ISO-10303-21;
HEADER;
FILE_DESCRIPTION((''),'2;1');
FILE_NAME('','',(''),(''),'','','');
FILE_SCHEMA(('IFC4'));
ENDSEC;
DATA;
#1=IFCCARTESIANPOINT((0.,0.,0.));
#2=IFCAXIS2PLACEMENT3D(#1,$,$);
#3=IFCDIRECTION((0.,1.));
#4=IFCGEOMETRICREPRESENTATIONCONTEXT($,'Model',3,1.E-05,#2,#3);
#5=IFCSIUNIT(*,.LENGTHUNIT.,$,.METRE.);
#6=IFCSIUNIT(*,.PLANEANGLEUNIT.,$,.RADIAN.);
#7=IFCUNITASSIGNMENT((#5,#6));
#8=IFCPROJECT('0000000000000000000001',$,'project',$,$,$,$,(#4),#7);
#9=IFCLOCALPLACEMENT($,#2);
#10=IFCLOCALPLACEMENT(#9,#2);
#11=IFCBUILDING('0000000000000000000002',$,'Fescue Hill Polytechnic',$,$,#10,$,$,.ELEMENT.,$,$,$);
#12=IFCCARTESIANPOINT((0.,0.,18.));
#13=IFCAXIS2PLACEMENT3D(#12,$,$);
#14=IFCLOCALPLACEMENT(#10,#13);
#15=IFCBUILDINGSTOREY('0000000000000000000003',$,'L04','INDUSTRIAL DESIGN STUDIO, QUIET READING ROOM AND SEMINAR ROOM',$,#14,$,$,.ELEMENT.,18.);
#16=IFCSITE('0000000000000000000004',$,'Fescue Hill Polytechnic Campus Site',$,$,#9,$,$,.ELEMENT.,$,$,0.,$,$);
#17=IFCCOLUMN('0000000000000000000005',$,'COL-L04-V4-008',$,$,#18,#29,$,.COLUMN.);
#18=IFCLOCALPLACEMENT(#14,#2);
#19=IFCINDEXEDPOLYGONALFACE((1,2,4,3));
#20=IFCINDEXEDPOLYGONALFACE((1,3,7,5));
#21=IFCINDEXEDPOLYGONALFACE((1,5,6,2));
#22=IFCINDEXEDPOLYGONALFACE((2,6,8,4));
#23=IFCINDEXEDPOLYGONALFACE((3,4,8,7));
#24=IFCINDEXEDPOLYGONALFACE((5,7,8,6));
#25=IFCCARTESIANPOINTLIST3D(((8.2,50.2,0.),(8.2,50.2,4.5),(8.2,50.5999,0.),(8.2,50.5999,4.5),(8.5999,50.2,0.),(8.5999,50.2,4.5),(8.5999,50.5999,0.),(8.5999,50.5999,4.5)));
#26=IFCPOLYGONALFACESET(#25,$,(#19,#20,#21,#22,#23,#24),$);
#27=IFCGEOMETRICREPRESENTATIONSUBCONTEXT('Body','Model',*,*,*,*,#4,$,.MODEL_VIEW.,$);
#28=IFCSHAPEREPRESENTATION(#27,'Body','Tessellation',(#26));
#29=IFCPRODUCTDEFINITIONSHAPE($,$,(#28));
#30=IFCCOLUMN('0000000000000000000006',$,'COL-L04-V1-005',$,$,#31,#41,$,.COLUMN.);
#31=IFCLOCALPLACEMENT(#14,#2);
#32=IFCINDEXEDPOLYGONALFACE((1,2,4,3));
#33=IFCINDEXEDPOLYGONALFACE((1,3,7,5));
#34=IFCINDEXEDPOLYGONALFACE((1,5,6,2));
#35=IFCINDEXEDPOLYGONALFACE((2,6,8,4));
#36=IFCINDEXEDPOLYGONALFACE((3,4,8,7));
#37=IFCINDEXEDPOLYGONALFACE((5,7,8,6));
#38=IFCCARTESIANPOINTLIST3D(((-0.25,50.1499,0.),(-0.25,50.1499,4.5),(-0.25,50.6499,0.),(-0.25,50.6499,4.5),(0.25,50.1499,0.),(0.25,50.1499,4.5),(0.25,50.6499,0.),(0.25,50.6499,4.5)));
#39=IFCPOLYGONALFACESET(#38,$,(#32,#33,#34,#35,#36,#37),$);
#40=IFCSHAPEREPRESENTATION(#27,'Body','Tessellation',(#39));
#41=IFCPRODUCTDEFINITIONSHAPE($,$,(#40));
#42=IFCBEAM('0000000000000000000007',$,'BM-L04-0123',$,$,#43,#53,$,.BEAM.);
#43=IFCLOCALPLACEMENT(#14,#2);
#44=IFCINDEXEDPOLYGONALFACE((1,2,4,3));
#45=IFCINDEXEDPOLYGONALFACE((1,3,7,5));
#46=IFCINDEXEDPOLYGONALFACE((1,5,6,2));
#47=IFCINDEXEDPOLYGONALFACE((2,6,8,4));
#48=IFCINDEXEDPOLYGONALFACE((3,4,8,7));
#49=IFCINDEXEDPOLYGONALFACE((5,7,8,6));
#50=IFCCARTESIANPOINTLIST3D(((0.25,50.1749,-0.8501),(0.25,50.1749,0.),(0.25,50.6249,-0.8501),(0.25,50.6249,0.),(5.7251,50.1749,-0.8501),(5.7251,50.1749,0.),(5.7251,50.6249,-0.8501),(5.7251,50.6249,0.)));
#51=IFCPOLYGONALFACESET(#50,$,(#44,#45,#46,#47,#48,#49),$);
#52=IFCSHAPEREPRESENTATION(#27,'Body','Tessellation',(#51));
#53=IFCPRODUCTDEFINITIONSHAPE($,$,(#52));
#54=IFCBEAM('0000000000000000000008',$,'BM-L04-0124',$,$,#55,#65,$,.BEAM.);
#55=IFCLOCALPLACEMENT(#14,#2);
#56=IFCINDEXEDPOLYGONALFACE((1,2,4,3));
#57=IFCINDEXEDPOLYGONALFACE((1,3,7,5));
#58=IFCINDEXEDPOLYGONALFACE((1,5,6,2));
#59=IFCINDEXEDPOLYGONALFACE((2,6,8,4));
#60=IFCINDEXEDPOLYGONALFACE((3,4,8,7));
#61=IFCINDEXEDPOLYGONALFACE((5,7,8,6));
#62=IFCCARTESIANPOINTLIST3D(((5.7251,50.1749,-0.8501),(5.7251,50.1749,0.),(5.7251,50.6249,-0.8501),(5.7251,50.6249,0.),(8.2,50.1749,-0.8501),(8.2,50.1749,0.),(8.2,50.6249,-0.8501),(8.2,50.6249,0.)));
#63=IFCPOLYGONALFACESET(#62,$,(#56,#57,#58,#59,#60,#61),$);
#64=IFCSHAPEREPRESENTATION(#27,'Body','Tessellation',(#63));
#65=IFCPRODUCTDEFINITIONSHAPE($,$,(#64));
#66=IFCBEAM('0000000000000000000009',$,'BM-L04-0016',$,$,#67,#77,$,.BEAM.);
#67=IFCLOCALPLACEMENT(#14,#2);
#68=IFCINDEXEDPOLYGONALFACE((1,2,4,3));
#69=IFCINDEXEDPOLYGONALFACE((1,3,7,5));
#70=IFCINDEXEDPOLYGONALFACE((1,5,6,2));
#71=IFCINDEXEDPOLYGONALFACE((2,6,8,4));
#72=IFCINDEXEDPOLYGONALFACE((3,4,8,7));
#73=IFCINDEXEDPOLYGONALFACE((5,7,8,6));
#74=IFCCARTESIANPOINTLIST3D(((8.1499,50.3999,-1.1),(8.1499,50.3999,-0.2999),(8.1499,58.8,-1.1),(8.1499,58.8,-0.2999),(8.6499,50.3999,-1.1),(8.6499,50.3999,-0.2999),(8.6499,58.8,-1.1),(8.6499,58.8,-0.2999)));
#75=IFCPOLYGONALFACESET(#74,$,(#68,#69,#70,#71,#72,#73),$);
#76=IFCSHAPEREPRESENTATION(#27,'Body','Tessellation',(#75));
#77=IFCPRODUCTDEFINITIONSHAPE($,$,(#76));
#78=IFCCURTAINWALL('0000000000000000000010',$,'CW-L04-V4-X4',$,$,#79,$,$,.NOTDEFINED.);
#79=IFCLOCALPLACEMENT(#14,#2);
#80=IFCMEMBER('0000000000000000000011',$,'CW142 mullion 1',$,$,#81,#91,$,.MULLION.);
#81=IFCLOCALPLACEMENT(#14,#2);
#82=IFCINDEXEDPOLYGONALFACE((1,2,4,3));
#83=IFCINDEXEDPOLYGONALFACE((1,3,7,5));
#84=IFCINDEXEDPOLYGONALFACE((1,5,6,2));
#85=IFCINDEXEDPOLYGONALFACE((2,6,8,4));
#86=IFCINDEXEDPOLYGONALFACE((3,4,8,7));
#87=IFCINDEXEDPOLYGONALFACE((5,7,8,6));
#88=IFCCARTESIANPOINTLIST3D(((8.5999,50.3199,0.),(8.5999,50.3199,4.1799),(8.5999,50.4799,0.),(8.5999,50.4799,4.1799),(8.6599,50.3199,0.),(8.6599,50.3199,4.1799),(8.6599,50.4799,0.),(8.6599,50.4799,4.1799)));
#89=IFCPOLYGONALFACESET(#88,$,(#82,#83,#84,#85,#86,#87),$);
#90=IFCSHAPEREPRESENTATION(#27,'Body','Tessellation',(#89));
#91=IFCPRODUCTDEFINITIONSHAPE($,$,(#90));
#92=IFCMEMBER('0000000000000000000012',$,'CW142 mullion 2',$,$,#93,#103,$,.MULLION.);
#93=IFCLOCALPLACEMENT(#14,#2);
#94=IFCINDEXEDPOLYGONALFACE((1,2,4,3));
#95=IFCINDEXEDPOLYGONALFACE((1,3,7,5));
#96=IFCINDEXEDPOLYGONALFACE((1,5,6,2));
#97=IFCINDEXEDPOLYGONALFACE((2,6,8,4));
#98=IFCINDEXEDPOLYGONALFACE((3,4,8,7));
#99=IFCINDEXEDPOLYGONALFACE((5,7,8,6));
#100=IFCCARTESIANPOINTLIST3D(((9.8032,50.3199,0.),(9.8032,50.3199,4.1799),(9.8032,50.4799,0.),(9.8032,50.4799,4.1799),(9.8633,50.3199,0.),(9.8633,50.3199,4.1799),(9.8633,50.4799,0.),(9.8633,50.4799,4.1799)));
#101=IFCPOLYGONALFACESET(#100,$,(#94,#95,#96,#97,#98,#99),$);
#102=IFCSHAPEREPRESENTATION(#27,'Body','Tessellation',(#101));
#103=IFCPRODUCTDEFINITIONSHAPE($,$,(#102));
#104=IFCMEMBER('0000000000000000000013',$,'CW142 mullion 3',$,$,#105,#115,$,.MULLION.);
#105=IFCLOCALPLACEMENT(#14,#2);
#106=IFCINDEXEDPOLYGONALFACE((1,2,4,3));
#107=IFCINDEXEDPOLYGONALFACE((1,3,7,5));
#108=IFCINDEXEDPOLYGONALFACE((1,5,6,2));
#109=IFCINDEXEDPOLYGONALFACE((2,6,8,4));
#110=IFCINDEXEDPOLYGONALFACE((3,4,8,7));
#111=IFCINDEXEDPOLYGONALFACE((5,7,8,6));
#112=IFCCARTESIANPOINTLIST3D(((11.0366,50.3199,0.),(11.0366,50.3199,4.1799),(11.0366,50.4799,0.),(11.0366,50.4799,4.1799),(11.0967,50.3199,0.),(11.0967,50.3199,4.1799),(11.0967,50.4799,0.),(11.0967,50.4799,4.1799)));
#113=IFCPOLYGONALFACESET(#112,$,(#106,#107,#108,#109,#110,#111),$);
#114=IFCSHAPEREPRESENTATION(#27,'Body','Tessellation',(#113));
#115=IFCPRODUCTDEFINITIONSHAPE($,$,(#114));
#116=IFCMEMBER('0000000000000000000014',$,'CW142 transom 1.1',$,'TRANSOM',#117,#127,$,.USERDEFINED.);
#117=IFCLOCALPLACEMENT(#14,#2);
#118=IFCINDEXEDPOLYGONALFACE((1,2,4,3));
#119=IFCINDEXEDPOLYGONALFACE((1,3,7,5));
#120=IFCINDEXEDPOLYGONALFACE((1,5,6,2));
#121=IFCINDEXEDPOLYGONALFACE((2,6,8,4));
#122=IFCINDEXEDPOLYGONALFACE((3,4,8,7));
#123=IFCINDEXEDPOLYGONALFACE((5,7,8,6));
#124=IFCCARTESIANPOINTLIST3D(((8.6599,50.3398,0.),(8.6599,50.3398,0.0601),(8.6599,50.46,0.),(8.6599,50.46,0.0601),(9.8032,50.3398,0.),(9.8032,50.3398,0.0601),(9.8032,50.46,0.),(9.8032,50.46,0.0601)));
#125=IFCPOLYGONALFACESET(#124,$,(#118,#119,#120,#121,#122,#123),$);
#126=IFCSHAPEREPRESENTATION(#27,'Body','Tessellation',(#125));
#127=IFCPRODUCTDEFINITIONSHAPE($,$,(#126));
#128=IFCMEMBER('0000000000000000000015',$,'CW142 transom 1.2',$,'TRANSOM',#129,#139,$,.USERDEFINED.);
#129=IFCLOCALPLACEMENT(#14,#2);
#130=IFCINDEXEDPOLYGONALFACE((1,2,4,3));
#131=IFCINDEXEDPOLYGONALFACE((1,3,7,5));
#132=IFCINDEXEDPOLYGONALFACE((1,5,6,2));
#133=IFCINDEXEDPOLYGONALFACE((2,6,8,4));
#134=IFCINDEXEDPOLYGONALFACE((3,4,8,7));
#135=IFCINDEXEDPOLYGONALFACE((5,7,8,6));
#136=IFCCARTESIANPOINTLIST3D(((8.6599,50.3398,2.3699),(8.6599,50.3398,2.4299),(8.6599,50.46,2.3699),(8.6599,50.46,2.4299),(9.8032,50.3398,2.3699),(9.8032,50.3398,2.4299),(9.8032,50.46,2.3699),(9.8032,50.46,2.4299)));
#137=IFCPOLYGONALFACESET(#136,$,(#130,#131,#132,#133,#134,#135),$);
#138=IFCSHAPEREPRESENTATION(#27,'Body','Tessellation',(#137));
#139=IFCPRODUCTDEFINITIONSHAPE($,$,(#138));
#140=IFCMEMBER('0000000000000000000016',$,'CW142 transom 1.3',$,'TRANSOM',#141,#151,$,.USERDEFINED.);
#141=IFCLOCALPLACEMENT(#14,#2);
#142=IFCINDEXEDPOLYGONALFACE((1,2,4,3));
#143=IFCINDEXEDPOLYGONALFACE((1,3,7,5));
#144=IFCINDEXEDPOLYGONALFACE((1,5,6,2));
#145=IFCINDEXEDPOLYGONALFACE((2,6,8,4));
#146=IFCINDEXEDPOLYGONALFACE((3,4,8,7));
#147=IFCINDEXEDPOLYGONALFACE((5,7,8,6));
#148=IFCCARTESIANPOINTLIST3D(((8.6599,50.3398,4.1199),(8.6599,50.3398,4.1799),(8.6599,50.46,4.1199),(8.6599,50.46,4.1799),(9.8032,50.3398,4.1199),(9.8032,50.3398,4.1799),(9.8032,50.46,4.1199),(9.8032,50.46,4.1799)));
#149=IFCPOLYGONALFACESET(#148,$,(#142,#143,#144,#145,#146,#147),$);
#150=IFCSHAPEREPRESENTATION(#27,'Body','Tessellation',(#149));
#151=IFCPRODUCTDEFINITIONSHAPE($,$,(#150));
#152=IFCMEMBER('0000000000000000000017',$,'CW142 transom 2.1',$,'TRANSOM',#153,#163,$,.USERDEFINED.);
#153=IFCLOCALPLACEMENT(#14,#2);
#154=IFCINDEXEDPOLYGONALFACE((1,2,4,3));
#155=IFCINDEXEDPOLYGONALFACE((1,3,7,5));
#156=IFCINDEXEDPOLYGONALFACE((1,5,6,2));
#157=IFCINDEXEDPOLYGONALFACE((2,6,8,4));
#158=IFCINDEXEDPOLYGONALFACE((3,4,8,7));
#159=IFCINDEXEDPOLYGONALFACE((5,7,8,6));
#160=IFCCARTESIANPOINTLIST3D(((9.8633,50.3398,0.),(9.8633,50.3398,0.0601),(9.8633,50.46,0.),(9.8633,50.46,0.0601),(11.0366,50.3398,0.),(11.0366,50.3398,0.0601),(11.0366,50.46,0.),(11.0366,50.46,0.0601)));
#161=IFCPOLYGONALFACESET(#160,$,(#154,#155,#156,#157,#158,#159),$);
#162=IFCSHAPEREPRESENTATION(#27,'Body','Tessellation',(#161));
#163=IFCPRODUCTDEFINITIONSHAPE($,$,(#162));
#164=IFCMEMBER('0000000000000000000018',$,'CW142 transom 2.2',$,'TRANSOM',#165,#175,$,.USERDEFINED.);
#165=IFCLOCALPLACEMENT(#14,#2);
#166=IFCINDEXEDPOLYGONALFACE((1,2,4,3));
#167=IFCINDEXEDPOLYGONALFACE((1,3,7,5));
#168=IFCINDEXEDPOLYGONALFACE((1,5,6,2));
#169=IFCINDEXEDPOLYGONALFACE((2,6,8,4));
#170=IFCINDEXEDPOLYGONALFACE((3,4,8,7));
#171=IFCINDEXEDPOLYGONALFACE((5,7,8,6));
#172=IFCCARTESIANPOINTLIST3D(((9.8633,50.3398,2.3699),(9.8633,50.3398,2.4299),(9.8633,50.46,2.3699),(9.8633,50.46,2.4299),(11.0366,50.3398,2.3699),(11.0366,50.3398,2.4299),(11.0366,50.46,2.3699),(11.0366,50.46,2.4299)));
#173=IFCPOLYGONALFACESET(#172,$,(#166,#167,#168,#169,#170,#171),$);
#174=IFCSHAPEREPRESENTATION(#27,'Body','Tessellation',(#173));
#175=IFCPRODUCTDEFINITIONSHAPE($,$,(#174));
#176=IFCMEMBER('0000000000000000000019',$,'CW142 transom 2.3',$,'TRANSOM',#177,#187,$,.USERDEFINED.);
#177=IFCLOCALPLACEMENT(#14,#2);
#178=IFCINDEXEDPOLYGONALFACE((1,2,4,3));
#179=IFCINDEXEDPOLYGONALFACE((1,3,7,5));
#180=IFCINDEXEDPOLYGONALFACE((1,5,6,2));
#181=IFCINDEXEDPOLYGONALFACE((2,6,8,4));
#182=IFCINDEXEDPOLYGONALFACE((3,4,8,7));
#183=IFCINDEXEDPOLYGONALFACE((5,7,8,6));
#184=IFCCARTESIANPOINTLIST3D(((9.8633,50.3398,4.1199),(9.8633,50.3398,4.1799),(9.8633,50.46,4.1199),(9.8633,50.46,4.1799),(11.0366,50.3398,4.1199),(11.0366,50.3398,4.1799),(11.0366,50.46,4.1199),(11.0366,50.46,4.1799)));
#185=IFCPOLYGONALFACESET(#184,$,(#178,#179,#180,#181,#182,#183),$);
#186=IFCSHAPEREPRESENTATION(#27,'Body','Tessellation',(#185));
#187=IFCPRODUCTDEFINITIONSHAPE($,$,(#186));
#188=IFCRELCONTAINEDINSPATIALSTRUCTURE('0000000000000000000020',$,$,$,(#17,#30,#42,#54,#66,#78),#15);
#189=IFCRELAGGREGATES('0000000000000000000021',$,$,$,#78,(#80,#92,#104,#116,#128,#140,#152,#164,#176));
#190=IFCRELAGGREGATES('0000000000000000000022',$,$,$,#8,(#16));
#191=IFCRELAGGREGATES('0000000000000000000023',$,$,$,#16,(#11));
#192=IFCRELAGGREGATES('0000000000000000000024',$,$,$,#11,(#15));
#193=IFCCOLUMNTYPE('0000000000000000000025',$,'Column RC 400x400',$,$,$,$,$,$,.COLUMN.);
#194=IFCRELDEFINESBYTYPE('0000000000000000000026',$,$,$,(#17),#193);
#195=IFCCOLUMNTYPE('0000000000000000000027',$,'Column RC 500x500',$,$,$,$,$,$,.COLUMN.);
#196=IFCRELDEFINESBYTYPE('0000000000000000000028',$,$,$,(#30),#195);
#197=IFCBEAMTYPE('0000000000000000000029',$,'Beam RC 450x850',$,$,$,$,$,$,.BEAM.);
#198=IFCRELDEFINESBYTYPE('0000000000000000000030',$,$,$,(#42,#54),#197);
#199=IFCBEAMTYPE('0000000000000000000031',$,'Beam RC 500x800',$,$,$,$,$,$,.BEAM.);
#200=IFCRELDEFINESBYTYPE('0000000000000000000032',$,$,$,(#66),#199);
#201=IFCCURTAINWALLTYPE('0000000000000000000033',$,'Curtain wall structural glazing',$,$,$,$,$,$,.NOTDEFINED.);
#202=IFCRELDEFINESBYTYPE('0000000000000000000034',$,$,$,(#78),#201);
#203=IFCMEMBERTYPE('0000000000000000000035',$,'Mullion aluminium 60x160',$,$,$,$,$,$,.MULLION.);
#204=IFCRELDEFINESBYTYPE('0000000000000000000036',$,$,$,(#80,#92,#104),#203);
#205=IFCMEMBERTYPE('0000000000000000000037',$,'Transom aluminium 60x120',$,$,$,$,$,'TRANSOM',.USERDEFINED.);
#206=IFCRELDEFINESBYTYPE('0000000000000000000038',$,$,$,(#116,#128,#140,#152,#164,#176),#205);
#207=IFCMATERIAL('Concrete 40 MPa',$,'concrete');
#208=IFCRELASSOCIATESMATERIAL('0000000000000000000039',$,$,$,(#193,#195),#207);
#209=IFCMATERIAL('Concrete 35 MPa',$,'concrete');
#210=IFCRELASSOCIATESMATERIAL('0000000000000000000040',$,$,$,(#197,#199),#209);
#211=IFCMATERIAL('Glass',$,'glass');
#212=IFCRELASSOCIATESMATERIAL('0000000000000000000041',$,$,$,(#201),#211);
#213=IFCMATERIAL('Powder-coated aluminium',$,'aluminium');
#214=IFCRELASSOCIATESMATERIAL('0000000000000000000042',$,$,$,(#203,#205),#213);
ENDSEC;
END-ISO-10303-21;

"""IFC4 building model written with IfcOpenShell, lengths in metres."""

from ifc_helpers import new_model, si_unit, direction, frame, origin, origin_2d, place, context, subcontext, project, spatial, rectangle, extrude, material, material_profile, profile_set, type_object, element, aggregate, save


model = new_model("IFC4")

# Units and contexts
model_context = context("Model", 3, precision=1e-05, world=origin(), true_north=direction((0.0, 1.0)))
body_context = subcontext(model_context, "Body", "Model", "MODEL_VIEW")
ifc_project = project(units=[si_unit("LENGTHUNIT", "METRE"), si_unit("PLANEANGLEUNIT", "RADIAN")], contexts=[model_context])

# Site, building, storey
site_placement = place(None, origin())
site = spatial("IfcSite", under=ifc_project, at=site_placement, Name="Fescue Hill Polytechnic Campus Site", CompositionType="ELEMENT", RefElevation=0.0)
building_placement = place(site_placement, origin())
building = spatial("IfcBuilding", under=site, at=building_placement, Name="Fescue Hill Polytechnic", CompositionType="ELEMENT")
storey_placement = place(building_placement, frame((0.0, 0.0, 18.0)))
storey = spatial("IfcBuildingStorey", under=building, at=storey_placement, Name="L04", Description="INDUSTRIAL DESIGN STUDIO, QUIET READING ROOM AND SEMINAR ROOM", CompositionType="ELEMENT", Elevation=18.0)

# Columns
ifc_material_1 = material(Name="Concrete 40 MPa", Category="concrete")
ifc_material_profile_1 = material_profile(ifc_material_1, rectangle(XDim=0.3999, YDim=0.3999, at=origin_2d()), Name="RC 400x400")
ifc_profile_set_1 = profile_set([ifc_material_profile_1], Name="Concrete 40 MPa")
column_type_1 = type_object("IfcColumnType", Name="Column RC 400x400", PredefinedType="COLUMN", material=ifc_profile_set_1)
column_1_placement = place(storey_placement, frame((8.3999, 50.3999, 0.0), z_axis=(0.0, 0.0, 1.0), x_axis=(1.0, 0.0, 0.0)))
element("IfcColumn", 1, at=column_1_placement, inside=storey, type_object=column_type_1, Name="COL-L04-V4-008", PredefinedType="COLUMN", context=body_context, shape_type="SweptSolid", body=[
    extrude(rectangle(XDim=0.3999, YDim=0.3999, at=origin_2d()), origin(), (0.0, 0.0, 1.0), 4.5),
])
ifc_material_profile_2 = material_profile(ifc_material_1, rectangle(XDim=0.5, YDim=0.5, at=origin_2d()), Name="RC 500x500")
ifc_profile_set_2 = profile_set([ifc_material_profile_2], Name="Concrete 40 MPa")
column_type_2 = type_object("IfcColumnType", Name="Column RC 500x500", PredefinedType="COLUMN", material=ifc_profile_set_2)
column_2_placement = place(storey_placement, frame((0.0, 50.3999, 0.0), z_axis=(0.0, 0.0, 1.0), x_axis=(1.0, 0.0, 0.0)))
element("IfcColumn", 2, at=column_2_placement, inside=storey, type_object=column_type_2, Name="COL-L04-V1-005", PredefinedType="COLUMN", context=body_context, shape_type="SweptSolid", body=[
    extrude(rectangle(XDim=0.5, YDim=0.5, at=origin_2d()), origin(), (0.0, 0.0, 1.0), 4.5),
])

# Beams
ifc_material_2 = material(Name="Concrete 35 MPa", Category="concrete")
ifc_material_profile_3 = material_profile(ifc_material_2, rectangle(XDim=0.45, YDim=0.8501, at=origin_2d()), Name="RC 450x850")
ifc_profile_set_3 = profile_set([ifc_material_profile_3], Name="Concrete 35 MPa")
beam_type_1 = type_object("IfcBeamType", Name="Beam RC 450x850", PredefinedType="BEAM", material=ifc_profile_set_3)
beam_1_placement = place(storey_placement, frame((0.25, 50.3999, -0.425), z_axis=(1.0, 0.0, 0.0), x_axis=(0.0, 1.0, 0.0)))
element("IfcBeam", 3, at=beam_1_placement, inside=storey, type_object=beam_type_1, Name="BM-L04-0123", PredefinedType="BEAM", context=body_context, shape_type="SweptSolid", body=[
    extrude(rectangle(XDim=0.45, YDim=0.8501, at=origin_2d()), origin(), (0.0, 0.0, 1.0), 5.4751),
])
beam_2_placement = place(storey_placement, frame((5.7251, 50.3999, -0.425), z_axis=(1.0, 0.0, 0.0), x_axis=(0.0, 1.0, 0.0)))
element("IfcBeam", 4, at=beam_2_placement, inside=storey, type_object=beam_type_1, Name="BM-L04-0124", PredefinedType="BEAM", context=body_context, shape_type="SweptSolid", body=[
    extrude(rectangle(XDim=0.45, YDim=0.8501, at=origin_2d()), origin(), (0.0, 0.0, 1.0), 2.4749),
])
ifc_material_profile_4 = material_profile(ifc_material_2, rectangle(XDim=0.5, YDim=0.8, at=origin_2d()), Name="RC 500x800")
ifc_profile_set_4 = profile_set([ifc_material_profile_4], Name="Concrete 35 MPa")
beam_type_2 = type_object("IfcBeamType", Name="Beam RC 500x800", PredefinedType="BEAM", material=ifc_profile_set_4)
beam_3_placement = place(storey_placement, frame((8.3999, 50.3999, -0.7), z_axis=(0.0, 1.0, 0.0), x_axis=(-1.0, 0.0, 0.0)))
element("IfcBeam", 5, at=beam_3_placement, inside=storey, type_object=beam_type_2, Name="BM-L04-0016", PredefinedType="BEAM", context=body_context, shape_type="SweptSolid", body=[
    extrude(rectangle(XDim=0.5, YDim=0.8, at=origin_2d()), origin(), (0.0, 0.0, 1.0), 8.4001),
])

# Curtain wall, members
ifc_material_3 = material(Name="Glass", Category="glass")
curtain_wall_type = type_object("IfcCurtainWallType", Name="Curtain wall structural glazing", PredefinedType="NOTDEFINED", material=ifc_material_3)
curtain_wall_placement = place(storey_placement, origin())
curtain_wall = element("IfcCurtainWall", 6, at=curtain_wall_placement, inside=storey, type_object=curtain_wall_type, Name="CW-L04-V4-X4", PredefinedType="NOTDEFINED")
ifc_material_4 = material(Name="Powder-coated aluminium", Category="aluminium")
ifc_material_profile_5 = material_profile(ifc_material_4, rectangle(XDim=0.1599, YDim=0.0601, at=origin_2d()), Name="Mullion aluminium 60x160")
ifc_profile_set_5 = profile_set([ifc_material_profile_5], Name="Powder-coated aluminium")
member_type_1 = type_object("IfcMemberType", Name="Mullion aluminium 60x160", PredefinedType="MULLION", material=ifc_profile_set_5)
member_1_placement = place(storey_placement, frame((8.6299, 50.3999, 0.0), z_axis=(0.0, 0.0, 1.0), x_axis=(0.0, 1.0, 0.0)))
member_1 = element("IfcMember", 7, at=member_1_placement, type_object=member_type_1, Name="CW142 mullion 1", PredefinedType="MULLION", context=body_context, shape_type="SweptSolid", body=[
    extrude(rectangle(XDim=0.1599, YDim=0.0601, at=origin_2d()), origin(), (0.0, 0.0, 1.0), 4.1799),
])
member_2_placement = place(storey_placement, frame((9.8333, 50.3999, 0.0), z_axis=(0.0, 0.0, 1.0), x_axis=(0.0, 1.0, 0.0)))
member_2 = element("IfcMember", 8, at=member_2_placement, type_object=member_type_1, Name="CW142 mullion 2", PredefinedType="MULLION", context=body_context, shape_type="SweptSolid", body=[
    extrude(rectangle(XDim=0.1599, YDim=0.0601, at=origin_2d()), origin(), (0.0, 0.0, 1.0), 4.1799),
])
member_3_placement = place(storey_placement, frame((11.0667, 50.3999, 0.0), z_axis=(0.0, 0.0, 1.0), x_axis=(0.0, 1.0, 0.0)))
member_3 = element("IfcMember", 9, at=member_3_placement, type_object=member_type_1, Name="CW142 mullion 3", PredefinedType="MULLION", context=body_context, shape_type="SweptSolid", body=[
    extrude(rectangle(XDim=0.1599, YDim=0.0601, at=origin_2d()), origin(), (0.0, 0.0, 1.0), 4.1799),
])
ifc_material_profile_6 = material_profile(ifc_material_4, rectangle(XDim=0.1201, YDim=0.0601, at=origin_2d()), Name="Transom aluminium 60x120")
ifc_profile_set_6 = profile_set([ifc_material_profile_6], Name="Powder-coated aluminium")
member_type_2 = type_object("IfcMemberType", Name="Transom aluminium 60x120", ElementType="TRANSOM", PredefinedType="USERDEFINED", material=ifc_profile_set_6)
member_4_placement = place(storey_placement, frame((8.6599, 50.3999, 0.03), z_axis=(1.0, 0.0, 0.0), x_axis=(0.0, 1.0, 0.0)))
member_4 = element("IfcMember", 10, at=member_4_placement, type_object=member_type_2, Name="CW142 transom 1.1", ObjectType="TRANSOM", PredefinedType="USERDEFINED", context=body_context, shape_type="SweptSolid", body=[
    extrude(rectangle(XDim=0.1201, YDim=0.0601, at=origin_2d()), origin(), (0.0, 0.0, 1.0), 1.1433),
])
member_5_placement = place(storey_placement, frame((8.6599, 50.3999, 2.3999), z_axis=(1.0, 0.0, 0.0), x_axis=(0.0, 1.0, 0.0)))
member_5 = element("IfcMember", 11, at=member_5_placement, type_object=member_type_2, Name="CW142 transom 1.2", ObjectType="TRANSOM", PredefinedType="USERDEFINED", context=body_context, shape_type="SweptSolid", body=[
    extrude(rectangle(XDim=0.1201, YDim=0.0601, at=origin_2d()), origin(), (0.0, 0.0, 1.0), 1.1433),
])
member_6_placement = place(storey_placement, frame((8.6599, 50.3999, 4.1499), z_axis=(1.0, 0.0, 0.0), x_axis=(0.0, 1.0, 0.0)))
member_6 = element("IfcMember", 12, at=member_6_placement, type_object=member_type_2, Name="CW142 transom 1.3", ObjectType="TRANSOM", PredefinedType="USERDEFINED", context=body_context, shape_type="SweptSolid", body=[
    extrude(rectangle(XDim=0.1201, YDim=0.0601, at=origin_2d()), origin(), (0.0, 0.0, 1.0), 1.1433),
])
member_7_placement = place(storey_placement, frame((9.8633, 50.3999, 0.03), z_axis=(1.0, 0.0, 0.0), x_axis=(0.0, 1.0, 0.0)))
member_7 = element("IfcMember", 13, at=member_7_placement, type_object=member_type_2, Name="CW142 transom 2.1", ObjectType="TRANSOM", PredefinedType="USERDEFINED", context=body_context, shape_type="SweptSolid", body=[
    extrude(rectangle(XDim=0.1201, YDim=0.0601, at=origin_2d()), origin(), (0.0, 0.0, 1.0), 1.1733),
])
member_8_placement = place(storey_placement, frame((9.8633, 50.3999, 2.3999), z_axis=(1.0, 0.0, 0.0), x_axis=(0.0, 1.0, 0.0)))
member_8 = element("IfcMember", 14, at=member_8_placement, type_object=member_type_2, Name="CW142 transom 2.2", ObjectType="TRANSOM", PredefinedType="USERDEFINED", context=body_context, shape_type="SweptSolid", body=[
    extrude(rectangle(XDim=0.1201, YDim=0.0601, at=origin_2d()), origin(), (0.0, 0.0, 1.0), 1.1733),
])
member_9_placement = place(storey_placement, frame((9.8633, 50.3999, 4.1499), z_axis=(1.0, 0.0, 0.0), x_axis=(0.0, 1.0, 0.0)))
member_9 = element("IfcMember", 15, at=member_9_placement, type_object=member_type_2, Name="CW142 transom 2.3", ObjectType="TRANSOM", PredefinedType="USERDEFINED", context=body_context, shape_type="SweptSolid", body=[
    extrude(rectangle(XDim=0.1201, YDim=0.0601, at=origin_2d()), origin(), (0.0, 0.0, 1.0), 1.1733),
])
aggregate(curtain_wall, [member_1, member_2, member_3, member_4, member_5, member_6, member_7, member_8, member_9])

save(model, "model.ifc")
